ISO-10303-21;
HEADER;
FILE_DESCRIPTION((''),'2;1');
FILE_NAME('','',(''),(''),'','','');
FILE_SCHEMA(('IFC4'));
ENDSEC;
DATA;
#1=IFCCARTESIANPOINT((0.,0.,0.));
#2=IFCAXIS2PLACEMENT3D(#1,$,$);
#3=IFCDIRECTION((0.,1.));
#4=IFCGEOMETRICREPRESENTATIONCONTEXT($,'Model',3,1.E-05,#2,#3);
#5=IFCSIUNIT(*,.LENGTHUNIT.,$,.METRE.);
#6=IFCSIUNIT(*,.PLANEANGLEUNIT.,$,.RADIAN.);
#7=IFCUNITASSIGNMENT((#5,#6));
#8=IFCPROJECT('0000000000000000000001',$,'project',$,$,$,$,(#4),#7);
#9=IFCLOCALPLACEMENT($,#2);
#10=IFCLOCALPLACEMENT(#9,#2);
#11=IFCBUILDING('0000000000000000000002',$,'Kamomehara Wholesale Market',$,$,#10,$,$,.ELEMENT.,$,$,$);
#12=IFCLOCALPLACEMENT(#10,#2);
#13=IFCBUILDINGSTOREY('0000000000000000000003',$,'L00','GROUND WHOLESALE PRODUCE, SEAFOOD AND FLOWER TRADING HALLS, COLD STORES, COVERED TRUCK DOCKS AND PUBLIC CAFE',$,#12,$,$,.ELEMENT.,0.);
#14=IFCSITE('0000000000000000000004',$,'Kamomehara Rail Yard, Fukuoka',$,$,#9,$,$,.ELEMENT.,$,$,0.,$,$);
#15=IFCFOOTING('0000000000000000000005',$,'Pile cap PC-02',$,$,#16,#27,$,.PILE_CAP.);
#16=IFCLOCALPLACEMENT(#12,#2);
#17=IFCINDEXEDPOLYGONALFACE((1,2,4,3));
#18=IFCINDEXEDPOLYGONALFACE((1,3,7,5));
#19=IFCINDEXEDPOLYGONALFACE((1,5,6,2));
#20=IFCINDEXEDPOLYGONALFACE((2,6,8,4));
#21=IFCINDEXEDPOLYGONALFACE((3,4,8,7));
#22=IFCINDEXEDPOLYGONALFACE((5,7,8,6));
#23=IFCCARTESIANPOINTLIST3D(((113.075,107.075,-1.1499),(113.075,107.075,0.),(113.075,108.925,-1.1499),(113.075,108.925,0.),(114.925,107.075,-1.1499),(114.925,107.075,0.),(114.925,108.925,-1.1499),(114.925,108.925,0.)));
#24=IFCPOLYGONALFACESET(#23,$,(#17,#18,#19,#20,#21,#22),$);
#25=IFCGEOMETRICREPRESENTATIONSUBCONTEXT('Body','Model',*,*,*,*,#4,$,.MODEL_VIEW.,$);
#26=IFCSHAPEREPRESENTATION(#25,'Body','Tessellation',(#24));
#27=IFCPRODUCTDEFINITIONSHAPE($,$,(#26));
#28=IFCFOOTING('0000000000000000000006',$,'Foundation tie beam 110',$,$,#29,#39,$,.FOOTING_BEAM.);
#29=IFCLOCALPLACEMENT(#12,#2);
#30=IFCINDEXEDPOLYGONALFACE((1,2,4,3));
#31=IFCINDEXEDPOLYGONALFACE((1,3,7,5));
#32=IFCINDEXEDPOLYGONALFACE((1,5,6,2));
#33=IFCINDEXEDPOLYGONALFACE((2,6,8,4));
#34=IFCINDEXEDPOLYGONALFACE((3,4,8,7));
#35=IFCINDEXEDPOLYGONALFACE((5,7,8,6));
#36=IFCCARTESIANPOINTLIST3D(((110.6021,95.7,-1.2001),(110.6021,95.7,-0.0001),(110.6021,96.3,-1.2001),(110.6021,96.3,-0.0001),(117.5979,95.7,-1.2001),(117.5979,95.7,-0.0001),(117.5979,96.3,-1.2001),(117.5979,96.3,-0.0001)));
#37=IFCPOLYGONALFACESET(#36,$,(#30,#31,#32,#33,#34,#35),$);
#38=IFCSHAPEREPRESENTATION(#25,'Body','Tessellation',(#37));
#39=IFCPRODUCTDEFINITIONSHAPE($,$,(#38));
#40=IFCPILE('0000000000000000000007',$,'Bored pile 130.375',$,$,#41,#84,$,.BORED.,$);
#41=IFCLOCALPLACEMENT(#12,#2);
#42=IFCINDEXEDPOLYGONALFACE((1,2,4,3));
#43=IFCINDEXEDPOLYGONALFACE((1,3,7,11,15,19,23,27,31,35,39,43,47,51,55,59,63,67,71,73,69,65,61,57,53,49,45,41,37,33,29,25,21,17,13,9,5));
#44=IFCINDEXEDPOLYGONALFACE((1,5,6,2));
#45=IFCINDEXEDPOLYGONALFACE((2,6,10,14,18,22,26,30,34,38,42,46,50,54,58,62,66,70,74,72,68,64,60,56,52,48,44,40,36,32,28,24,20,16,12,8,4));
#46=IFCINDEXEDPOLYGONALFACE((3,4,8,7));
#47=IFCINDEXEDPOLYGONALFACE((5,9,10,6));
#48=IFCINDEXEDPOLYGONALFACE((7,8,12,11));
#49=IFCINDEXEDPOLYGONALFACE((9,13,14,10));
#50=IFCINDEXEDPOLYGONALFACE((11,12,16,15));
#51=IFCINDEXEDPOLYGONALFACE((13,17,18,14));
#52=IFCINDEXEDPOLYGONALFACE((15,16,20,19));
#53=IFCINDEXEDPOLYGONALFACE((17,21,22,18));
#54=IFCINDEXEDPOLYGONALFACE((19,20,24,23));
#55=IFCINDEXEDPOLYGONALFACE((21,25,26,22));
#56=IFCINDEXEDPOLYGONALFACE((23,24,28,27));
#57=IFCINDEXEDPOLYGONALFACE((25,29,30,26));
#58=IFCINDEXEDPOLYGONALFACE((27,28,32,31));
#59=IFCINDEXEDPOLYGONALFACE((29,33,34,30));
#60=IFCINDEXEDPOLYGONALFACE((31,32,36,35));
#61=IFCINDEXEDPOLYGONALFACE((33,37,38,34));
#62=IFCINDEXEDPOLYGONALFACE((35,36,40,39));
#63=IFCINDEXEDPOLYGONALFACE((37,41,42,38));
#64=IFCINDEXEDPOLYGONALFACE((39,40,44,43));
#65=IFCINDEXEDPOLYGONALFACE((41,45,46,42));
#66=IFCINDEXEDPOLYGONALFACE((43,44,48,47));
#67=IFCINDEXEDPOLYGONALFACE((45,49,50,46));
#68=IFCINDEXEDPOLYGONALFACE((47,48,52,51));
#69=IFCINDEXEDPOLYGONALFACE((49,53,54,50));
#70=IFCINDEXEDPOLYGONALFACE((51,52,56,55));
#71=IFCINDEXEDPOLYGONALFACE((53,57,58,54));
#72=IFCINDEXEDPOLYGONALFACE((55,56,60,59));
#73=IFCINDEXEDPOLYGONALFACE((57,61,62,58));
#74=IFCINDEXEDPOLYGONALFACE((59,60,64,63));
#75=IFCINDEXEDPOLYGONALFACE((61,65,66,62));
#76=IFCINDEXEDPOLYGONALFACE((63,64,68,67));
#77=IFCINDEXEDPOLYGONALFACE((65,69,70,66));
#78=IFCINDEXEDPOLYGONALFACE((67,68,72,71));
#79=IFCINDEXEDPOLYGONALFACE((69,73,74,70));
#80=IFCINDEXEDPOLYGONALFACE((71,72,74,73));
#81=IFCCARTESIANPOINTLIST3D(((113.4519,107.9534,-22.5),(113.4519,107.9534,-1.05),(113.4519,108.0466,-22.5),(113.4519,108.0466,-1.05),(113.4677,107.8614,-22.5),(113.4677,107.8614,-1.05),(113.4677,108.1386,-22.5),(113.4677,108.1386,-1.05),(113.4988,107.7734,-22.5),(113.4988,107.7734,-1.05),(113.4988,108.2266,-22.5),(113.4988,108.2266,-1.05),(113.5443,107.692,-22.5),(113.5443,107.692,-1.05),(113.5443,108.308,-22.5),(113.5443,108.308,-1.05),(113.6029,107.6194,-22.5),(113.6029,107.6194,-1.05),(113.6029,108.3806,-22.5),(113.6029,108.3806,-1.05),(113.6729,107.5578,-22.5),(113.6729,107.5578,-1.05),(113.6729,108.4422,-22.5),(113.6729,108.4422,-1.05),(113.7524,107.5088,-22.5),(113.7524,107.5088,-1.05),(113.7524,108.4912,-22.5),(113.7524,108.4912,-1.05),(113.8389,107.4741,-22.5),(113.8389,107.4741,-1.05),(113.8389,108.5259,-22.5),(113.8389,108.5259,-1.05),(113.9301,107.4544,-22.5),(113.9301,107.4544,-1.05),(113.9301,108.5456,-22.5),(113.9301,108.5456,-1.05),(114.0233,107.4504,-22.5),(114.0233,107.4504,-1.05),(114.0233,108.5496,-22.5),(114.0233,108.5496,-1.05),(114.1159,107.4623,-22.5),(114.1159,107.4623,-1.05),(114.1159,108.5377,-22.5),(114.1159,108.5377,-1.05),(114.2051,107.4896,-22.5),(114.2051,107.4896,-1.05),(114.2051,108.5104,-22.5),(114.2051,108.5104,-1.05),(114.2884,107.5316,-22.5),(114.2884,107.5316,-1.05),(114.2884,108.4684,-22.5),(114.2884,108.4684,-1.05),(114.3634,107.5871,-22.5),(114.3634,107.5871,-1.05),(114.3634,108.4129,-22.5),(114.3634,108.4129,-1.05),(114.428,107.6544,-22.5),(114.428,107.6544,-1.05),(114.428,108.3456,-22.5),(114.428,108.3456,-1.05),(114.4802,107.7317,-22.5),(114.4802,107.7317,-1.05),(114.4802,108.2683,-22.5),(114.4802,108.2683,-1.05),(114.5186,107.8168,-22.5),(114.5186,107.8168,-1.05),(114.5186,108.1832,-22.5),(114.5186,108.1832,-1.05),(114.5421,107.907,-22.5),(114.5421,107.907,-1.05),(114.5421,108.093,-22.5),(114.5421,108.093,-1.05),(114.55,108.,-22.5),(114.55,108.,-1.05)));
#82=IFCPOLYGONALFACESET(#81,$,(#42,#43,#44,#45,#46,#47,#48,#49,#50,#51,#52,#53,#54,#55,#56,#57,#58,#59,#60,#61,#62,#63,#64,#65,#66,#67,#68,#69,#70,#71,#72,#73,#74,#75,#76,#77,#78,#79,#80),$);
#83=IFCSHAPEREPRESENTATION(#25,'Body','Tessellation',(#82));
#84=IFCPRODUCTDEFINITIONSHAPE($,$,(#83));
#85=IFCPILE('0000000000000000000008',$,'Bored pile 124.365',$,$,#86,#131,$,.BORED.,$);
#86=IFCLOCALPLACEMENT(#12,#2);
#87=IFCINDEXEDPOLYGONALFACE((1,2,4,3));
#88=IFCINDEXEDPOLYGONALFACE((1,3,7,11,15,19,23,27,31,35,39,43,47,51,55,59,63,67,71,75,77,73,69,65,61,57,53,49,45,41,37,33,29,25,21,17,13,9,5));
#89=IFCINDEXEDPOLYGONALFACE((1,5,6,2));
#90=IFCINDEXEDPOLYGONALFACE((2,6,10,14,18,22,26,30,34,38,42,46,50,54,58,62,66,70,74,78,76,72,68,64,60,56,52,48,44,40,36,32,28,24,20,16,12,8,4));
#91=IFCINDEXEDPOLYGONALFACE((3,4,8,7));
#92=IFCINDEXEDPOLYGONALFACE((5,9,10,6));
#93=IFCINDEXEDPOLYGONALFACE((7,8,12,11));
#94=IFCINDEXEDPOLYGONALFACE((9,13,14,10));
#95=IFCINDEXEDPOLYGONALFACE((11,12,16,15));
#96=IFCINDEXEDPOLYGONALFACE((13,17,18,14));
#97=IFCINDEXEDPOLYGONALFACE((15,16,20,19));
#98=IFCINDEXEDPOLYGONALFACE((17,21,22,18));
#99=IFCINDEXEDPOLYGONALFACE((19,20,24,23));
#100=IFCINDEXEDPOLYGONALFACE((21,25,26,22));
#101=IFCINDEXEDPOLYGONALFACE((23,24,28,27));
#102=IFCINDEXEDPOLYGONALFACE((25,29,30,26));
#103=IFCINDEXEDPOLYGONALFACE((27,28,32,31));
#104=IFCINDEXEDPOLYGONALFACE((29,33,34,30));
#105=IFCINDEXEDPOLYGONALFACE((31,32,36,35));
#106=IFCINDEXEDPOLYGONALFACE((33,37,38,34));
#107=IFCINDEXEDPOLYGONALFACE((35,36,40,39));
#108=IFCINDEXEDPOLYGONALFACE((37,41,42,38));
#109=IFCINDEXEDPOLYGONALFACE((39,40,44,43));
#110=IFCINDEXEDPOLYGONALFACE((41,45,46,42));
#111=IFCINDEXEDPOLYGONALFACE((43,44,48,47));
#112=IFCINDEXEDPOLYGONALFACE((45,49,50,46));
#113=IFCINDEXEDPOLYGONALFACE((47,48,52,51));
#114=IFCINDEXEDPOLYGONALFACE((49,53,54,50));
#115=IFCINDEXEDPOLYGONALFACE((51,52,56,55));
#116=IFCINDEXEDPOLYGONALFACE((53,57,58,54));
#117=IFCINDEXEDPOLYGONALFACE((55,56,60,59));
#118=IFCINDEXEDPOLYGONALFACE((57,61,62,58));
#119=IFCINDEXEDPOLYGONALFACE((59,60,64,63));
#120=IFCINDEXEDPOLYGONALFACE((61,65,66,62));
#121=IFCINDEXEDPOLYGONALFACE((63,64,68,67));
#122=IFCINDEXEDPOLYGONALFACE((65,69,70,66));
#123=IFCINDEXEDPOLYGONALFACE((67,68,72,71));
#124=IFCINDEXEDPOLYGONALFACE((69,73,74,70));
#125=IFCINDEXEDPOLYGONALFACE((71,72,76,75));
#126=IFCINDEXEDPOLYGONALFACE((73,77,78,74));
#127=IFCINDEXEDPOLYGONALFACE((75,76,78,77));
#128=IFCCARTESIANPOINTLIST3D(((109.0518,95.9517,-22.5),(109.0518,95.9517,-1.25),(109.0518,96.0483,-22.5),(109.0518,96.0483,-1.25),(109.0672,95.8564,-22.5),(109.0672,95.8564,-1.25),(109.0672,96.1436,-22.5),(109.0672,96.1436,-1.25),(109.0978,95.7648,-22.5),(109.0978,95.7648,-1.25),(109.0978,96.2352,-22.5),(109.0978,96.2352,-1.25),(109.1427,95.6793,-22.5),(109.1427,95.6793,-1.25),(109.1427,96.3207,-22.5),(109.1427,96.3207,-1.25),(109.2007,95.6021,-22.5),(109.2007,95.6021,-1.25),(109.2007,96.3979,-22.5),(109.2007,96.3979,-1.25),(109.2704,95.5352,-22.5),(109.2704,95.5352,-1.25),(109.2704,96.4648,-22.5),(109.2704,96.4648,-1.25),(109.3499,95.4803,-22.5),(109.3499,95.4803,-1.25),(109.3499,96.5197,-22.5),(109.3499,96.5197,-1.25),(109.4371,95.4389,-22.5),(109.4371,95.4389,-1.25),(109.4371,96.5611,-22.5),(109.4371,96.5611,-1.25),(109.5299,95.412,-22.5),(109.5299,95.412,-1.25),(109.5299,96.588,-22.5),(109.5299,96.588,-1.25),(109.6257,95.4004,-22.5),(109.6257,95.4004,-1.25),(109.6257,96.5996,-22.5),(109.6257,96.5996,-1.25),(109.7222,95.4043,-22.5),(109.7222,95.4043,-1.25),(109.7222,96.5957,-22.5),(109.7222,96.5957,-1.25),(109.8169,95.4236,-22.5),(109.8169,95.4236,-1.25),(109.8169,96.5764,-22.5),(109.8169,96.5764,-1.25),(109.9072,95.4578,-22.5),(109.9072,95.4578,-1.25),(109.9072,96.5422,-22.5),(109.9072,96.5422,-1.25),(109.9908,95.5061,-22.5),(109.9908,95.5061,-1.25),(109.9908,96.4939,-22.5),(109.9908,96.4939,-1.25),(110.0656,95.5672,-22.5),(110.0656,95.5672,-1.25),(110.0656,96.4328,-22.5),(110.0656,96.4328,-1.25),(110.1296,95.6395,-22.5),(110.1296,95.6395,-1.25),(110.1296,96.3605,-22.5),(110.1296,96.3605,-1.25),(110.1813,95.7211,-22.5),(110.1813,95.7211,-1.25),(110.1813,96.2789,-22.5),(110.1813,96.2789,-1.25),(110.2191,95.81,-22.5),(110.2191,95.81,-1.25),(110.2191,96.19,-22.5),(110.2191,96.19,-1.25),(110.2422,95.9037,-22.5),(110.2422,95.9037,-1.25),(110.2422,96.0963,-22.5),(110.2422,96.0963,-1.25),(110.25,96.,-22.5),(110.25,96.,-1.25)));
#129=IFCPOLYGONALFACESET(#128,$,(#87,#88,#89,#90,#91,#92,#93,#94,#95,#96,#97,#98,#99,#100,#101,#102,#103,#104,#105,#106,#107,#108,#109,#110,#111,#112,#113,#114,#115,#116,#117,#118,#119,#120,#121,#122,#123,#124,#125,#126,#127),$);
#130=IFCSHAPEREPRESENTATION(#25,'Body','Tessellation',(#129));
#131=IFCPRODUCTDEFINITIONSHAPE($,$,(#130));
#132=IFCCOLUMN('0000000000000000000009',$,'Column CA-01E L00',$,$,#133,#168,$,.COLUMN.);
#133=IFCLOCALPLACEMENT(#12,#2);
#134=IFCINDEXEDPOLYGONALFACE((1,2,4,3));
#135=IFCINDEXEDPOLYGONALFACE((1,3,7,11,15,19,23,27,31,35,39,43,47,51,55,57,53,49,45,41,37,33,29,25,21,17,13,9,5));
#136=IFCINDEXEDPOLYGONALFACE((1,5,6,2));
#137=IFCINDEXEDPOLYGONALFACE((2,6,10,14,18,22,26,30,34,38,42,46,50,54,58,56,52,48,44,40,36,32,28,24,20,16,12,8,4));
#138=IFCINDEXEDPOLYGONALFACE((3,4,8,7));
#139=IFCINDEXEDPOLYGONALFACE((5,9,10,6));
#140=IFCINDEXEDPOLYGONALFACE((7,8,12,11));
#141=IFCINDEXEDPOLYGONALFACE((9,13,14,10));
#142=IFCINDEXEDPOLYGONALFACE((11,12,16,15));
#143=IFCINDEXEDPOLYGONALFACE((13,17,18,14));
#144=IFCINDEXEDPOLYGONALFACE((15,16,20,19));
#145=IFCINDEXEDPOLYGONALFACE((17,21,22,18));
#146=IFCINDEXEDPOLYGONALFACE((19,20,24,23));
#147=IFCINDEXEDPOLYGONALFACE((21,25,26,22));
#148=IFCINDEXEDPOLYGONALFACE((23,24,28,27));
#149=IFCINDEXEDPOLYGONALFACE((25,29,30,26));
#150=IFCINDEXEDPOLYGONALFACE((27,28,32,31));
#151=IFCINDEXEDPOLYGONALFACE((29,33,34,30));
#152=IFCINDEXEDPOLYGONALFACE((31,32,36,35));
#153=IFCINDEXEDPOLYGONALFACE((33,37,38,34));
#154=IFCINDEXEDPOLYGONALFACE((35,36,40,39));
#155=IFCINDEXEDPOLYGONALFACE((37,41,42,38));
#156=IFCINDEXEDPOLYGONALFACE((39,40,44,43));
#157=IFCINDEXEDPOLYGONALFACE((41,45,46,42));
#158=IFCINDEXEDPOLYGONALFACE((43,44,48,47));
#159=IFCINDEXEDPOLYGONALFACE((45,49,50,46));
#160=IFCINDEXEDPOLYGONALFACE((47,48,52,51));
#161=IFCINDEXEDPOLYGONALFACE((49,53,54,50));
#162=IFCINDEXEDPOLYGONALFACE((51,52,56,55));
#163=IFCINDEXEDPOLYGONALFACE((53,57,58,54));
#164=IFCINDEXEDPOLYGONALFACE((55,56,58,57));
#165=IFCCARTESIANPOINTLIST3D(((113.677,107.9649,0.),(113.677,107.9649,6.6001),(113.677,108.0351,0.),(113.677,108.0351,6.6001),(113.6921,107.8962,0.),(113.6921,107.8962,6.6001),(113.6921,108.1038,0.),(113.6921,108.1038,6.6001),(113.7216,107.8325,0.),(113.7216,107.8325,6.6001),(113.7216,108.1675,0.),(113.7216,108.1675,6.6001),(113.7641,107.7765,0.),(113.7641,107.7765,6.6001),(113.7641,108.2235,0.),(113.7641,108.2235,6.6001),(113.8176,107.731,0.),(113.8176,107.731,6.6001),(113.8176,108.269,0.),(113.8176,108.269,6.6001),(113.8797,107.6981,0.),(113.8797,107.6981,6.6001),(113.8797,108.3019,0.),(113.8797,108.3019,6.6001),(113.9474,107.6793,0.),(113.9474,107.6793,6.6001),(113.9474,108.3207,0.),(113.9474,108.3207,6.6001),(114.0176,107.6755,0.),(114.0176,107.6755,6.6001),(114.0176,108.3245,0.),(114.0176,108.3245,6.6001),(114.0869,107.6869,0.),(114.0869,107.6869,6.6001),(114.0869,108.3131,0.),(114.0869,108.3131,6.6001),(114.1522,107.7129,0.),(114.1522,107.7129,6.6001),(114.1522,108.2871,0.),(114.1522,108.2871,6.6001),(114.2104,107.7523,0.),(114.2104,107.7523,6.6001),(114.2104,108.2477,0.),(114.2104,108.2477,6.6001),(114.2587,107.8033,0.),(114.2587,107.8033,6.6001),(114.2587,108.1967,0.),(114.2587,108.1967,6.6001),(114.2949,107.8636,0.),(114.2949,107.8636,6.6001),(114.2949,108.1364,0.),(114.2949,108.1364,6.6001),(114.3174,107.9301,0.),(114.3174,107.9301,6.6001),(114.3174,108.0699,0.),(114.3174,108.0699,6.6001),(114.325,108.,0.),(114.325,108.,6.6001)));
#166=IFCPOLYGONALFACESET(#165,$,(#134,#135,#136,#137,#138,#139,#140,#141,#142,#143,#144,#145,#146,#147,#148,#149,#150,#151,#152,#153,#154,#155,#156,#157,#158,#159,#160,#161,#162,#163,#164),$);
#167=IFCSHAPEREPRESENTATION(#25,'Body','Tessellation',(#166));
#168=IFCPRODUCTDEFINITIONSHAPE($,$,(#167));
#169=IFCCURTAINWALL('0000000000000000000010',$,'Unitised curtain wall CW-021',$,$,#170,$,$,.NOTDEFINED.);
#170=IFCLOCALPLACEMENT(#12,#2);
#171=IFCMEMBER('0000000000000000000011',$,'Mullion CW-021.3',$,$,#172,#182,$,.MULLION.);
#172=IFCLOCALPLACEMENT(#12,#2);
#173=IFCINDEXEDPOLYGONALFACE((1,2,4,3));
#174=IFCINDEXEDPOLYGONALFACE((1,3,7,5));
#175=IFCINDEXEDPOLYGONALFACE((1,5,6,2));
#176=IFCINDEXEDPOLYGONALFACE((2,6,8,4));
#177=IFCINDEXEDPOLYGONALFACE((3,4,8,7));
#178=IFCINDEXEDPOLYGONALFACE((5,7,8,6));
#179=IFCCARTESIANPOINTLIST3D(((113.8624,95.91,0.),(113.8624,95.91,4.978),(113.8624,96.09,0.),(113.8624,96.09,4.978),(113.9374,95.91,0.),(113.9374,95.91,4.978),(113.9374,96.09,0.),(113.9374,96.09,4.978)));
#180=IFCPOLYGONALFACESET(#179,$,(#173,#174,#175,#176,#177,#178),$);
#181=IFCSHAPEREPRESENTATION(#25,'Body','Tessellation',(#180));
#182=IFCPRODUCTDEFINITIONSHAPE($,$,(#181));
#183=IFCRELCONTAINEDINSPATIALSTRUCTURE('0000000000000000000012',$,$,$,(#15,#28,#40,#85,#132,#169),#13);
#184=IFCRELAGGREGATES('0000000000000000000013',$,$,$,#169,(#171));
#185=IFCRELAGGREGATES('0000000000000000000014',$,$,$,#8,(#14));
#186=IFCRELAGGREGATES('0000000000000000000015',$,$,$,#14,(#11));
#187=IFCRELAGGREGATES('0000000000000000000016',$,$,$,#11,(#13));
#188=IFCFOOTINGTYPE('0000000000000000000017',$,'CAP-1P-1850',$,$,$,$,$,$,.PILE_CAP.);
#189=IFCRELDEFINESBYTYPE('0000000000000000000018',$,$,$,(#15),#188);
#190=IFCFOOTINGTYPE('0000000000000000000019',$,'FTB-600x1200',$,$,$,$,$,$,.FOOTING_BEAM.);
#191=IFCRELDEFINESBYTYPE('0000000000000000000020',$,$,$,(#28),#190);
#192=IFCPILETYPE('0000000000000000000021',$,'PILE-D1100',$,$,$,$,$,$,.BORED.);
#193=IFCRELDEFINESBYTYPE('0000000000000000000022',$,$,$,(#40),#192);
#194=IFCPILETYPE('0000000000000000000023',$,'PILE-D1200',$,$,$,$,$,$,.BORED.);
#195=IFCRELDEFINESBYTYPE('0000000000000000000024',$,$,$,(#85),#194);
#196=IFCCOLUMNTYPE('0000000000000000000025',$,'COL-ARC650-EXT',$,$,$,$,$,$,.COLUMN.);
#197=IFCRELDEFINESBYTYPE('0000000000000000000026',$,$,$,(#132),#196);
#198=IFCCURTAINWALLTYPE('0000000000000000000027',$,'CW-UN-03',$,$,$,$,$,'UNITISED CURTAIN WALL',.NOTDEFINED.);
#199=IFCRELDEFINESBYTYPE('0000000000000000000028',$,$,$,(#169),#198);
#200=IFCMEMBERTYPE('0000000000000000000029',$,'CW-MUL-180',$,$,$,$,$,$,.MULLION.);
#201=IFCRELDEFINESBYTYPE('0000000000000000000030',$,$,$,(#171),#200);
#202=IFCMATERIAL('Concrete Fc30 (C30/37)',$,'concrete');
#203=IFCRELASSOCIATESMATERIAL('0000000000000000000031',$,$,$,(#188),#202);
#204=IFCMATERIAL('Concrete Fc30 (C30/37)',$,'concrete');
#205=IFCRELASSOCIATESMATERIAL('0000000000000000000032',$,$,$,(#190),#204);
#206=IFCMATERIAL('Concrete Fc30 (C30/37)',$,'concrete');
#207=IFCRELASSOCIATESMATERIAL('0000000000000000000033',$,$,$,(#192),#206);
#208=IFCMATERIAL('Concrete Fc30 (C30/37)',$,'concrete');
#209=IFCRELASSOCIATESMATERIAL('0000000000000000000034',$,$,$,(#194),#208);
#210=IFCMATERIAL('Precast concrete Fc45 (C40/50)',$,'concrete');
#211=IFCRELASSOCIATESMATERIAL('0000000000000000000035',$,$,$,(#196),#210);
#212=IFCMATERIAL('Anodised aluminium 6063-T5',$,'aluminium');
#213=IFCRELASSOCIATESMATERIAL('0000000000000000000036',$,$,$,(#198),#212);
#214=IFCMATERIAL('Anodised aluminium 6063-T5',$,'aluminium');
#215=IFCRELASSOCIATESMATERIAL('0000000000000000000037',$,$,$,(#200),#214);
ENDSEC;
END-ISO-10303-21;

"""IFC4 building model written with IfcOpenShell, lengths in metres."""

from ifc_helpers import new_model, si_unit, direction, frame, origin, origin_2d, place, context, subcontext, project, spatial, rectangle, circle, extrude, material, material_profile, profile_set, type_object, element, aggregate, save


model = new_model("IFC4")

# Units and contexts
model_context = context("Model", 3, precision=1e-05, world=origin(), true_north=direction((0.0, 1.0)))
body_context = subcontext(model_context, "Body", "Model", "MODEL_VIEW")
ifc_project = project(units=[si_unit("LENGTHUNIT", "METRE"), si_unit("PLANEANGLEUNIT", "RADIAN")], contexts=[model_context])

# Site, building, storey
site_placement = place(None, origin())
site = spatial("IfcSite", under=ifc_project, at=site_placement, Name="Kamomehara Rail Yard, Fukuoka", CompositionType="ELEMENT", RefElevation=0.0)
building_placement = place(site_placement, origin())
building = spatial("IfcBuilding", under=site, at=building_placement, Name="Kamomehara Wholesale Market", CompositionType="ELEMENT")
storey_placement = place(building_placement, origin())
storey = spatial("IfcBuildingStorey", under=building, at=storey_placement, Name="L00", Description="GROUND WHOLESALE PRODUCE, SEAFOOD AND FLOWER TRADING HALLS, COLD STORES, COVERED TRUCK DOCKS AND PUBLIC CAFE", CompositionType="ELEMENT", Elevation=0.0)

# Footings
ifc_material_1 = material(Name="Concrete Fc30 (C30/37)", Category="concrete")
footing_type_1 = type_object("IfcFootingType", Name="CAP-1P-1850", PredefinedType="PILE_CAP", material=ifc_material_1)
footing_1_placement = place(storey_placement, frame((114.0, 108.0, -1.1499), z_axis=(0.0, 0.0, 1.0), x_axis=(1.0, 0.0, 0.0)))
element("IfcFooting", 1, at=footing_1_placement, inside=storey, type_object=footing_type_1, Name="Pile cap PC-02", PredefinedType="PILE_CAP", context=body_context, shape_type="SweptSolid", body=[
    extrude(rectangle(XDim=1.8501, YDim=1.8501, at=origin_2d()), origin(), (0.0, 0.0, 1.0), 1.1499),
])
ifc_material_2 = material(Name="Concrete Fc30 (C30/37)", Category="concrete")
ifc_material_profile_1 = material_profile(ifc_material_2, rectangle(XDim=0.6001, YDim=1.2, at=origin_2d()), Name="RC-FTB-600x1200")
ifc_profile_set_1 = profile_set([ifc_material_profile_1], Name="Concrete Fc30 (C30/37)")
footing_type_2 = type_object("IfcFootingType", Name="FTB-600x1200", PredefinedType="FOOTING_BEAM", material=ifc_profile_set_1)
footing_2_placement = place(storey_placement, frame((110.6021, 96.0, -0.6001), z_axis=(1.0, 0.0, 0.0), x_axis=(0.0, 1.0, 0.0)))
element("IfcFooting", 2, at=footing_2_placement, inside=storey, type_object=footing_type_2, Name="Foundation tie beam 110", PredefinedType="FOOTING_BEAM", context=body_context, shape_type="SweptSolid", body=[
    extrude(rectangle(XDim=0.6001, YDim=1.2, at=origin_2d()), origin(), (0.0, 0.0, 1.0), 6.9958),
])

# Piles
ifc_material_3 = material(Name="Concrete Fc30 (C30/37)", Category="concrete")
ifc_material_profile_2 = material_profile(ifc_material_3, circle(Radius=0.55, at=origin_2d()), Name="RC-PILE-D1100")
ifc_profile_set_2 = profile_set([ifc_material_profile_2], Name="Concrete Fc30 (C30/37)")
pile_type_1 = type_object("IfcPileType", Name="PILE-D1100", PredefinedType="BORED", material=ifc_profile_set_2)
pile_1_placement = place(storey_placement, frame((114.0, 108.0, -1.05), z_axis=(0.0, 0.0, -1.0), x_axis=(1.0, 0.0, 0.0)))
element("IfcPile", 3, at=pile_1_placement, inside=storey, type_object=pile_type_1, Name="Bored pile 130.375", PredefinedType="BORED", context=body_context, shape_type="SweptSolid", body=[
    extrude(circle(Radius=0.55, at=origin_2d()), origin(), (0.0, 0.0, 1.0), 21.45),
])
ifc_material_4 = material(Name="Concrete Fc30 (C30/37)", Category="concrete")
ifc_material_profile_3 = material_profile(ifc_material_4, circle(Radius=0.6001, at=origin_2d()), Name="RC-PILE-D1200")
ifc_profile_set_3 = profile_set([ifc_material_profile_3], Name="Concrete Fc30 (C30/37)")
pile_type_2 = type_object("IfcPileType", Name="PILE-D1200", PredefinedType="BORED", material=ifc_profile_set_3)
pile_2_placement = place(storey_placement, frame((109.6499, 96.0, -1.25), z_axis=(0.0, 0.0, -1.0), x_axis=(1.0, 0.0, 0.0)))
element("IfcPile", 4, at=pile_2_placement, inside=storey, type_object=pile_type_2, Name="Bored pile 124.365", PredefinedType="BORED", context=body_context, shape_type="SweptSolid", body=[
    extrude(circle(Radius=0.6001, at=origin_2d()), origin(), (0.0, 0.0, 1.0), 21.25),
])

# Column
ifc_material_5 = material(Name="Precast concrete Fc45 (C40/50)", Category="concrete")
ifc_material_profile_4 = material_profile(ifc_material_5, circle(Radius=0.325, at=origin_2d()), Name="PC-ARC-D650")
ifc_profile_set_4 = profile_set([ifc_material_profile_4], Name="Precast concrete Fc45 (C40/50)")
column_type = type_object("IfcColumnType", Name="COL-ARC650-EXT", PredefinedType="COLUMN", material=ifc_profile_set_4)
column_placement = place(storey_placement, frame((114.0, 108.0, 0.0), z_axis=(0.0, 0.0, 1.0), x_axis=(1.0, 0.0, 0.0)))
element("IfcColumn", 5, at=column_placement, inside=storey, type_object=column_type, Name="Column CA-01E L00", PredefinedType="COLUMN", context=body_context, shape_type="SweptSolid", body=[
    extrude(circle(Radius=0.325, at=origin_2d()), origin(), (0.0, 0.0, 1.0), 6.6001),
])

# Curtain wall, member
ifc_material_6 = material(Name="Anodised aluminium 6063-T5", Category="aluminium")
curtain_wall_type = type_object("IfcCurtainWallType", Name="CW-UN-03", ElementType="UNITISED CURTAIN WALL", PredefinedType="NOTDEFINED", material=ifc_material_6)
curtain_wall_1_placement = place(storey_placement, origin())
curtain_wall_1 = element("IfcCurtainWall", 6, at=curtain_wall_1_placement, inside=storey, type_object=curtain_wall_type, Name="Unitised curtain wall CW-021", PredefinedType="NOTDEFINED")
ifc_material_7 = material(Name="Anodised aluminium 6063-T5", Category="aluminium")
ifc_material_profile_5 = material_profile(ifc_material_7, rectangle(XDim=0.075, YDim=0.1799, at=origin_2d()), Name="ALU-MUL-75x180")
ifc_profile_set_5 = profile_set([ifc_material_profile_5], Name="Anodised aluminium 6063-T5")
member_type_1 = type_object("IfcMemberType", Name="CW-MUL-180", PredefinedType="MULLION", material=ifc_profile_set_5)
member_1_placement = place(storey_placement, frame((113.8999, 96.0, 0.0), z_axis=(0.0, 0.0, 1.0), x_axis=(-1.0, 0.0, 0.0)))
member_1 = element("IfcMember", 7, at=member_1_placement, type_object=member_type_1, Name="Mullion CW-021.3", PredefinedType="MULLION", context=body_context, shape_type="SweptSolid", body=[
    extrude(rectangle(XDim=0.075, YDim=0.1799, at=origin_2d()), origin(), (0.0, 0.0, 1.0), 4.978),
])

aggregate(curtain_wall_1, [member_1])

save(model, "model.ifc")
